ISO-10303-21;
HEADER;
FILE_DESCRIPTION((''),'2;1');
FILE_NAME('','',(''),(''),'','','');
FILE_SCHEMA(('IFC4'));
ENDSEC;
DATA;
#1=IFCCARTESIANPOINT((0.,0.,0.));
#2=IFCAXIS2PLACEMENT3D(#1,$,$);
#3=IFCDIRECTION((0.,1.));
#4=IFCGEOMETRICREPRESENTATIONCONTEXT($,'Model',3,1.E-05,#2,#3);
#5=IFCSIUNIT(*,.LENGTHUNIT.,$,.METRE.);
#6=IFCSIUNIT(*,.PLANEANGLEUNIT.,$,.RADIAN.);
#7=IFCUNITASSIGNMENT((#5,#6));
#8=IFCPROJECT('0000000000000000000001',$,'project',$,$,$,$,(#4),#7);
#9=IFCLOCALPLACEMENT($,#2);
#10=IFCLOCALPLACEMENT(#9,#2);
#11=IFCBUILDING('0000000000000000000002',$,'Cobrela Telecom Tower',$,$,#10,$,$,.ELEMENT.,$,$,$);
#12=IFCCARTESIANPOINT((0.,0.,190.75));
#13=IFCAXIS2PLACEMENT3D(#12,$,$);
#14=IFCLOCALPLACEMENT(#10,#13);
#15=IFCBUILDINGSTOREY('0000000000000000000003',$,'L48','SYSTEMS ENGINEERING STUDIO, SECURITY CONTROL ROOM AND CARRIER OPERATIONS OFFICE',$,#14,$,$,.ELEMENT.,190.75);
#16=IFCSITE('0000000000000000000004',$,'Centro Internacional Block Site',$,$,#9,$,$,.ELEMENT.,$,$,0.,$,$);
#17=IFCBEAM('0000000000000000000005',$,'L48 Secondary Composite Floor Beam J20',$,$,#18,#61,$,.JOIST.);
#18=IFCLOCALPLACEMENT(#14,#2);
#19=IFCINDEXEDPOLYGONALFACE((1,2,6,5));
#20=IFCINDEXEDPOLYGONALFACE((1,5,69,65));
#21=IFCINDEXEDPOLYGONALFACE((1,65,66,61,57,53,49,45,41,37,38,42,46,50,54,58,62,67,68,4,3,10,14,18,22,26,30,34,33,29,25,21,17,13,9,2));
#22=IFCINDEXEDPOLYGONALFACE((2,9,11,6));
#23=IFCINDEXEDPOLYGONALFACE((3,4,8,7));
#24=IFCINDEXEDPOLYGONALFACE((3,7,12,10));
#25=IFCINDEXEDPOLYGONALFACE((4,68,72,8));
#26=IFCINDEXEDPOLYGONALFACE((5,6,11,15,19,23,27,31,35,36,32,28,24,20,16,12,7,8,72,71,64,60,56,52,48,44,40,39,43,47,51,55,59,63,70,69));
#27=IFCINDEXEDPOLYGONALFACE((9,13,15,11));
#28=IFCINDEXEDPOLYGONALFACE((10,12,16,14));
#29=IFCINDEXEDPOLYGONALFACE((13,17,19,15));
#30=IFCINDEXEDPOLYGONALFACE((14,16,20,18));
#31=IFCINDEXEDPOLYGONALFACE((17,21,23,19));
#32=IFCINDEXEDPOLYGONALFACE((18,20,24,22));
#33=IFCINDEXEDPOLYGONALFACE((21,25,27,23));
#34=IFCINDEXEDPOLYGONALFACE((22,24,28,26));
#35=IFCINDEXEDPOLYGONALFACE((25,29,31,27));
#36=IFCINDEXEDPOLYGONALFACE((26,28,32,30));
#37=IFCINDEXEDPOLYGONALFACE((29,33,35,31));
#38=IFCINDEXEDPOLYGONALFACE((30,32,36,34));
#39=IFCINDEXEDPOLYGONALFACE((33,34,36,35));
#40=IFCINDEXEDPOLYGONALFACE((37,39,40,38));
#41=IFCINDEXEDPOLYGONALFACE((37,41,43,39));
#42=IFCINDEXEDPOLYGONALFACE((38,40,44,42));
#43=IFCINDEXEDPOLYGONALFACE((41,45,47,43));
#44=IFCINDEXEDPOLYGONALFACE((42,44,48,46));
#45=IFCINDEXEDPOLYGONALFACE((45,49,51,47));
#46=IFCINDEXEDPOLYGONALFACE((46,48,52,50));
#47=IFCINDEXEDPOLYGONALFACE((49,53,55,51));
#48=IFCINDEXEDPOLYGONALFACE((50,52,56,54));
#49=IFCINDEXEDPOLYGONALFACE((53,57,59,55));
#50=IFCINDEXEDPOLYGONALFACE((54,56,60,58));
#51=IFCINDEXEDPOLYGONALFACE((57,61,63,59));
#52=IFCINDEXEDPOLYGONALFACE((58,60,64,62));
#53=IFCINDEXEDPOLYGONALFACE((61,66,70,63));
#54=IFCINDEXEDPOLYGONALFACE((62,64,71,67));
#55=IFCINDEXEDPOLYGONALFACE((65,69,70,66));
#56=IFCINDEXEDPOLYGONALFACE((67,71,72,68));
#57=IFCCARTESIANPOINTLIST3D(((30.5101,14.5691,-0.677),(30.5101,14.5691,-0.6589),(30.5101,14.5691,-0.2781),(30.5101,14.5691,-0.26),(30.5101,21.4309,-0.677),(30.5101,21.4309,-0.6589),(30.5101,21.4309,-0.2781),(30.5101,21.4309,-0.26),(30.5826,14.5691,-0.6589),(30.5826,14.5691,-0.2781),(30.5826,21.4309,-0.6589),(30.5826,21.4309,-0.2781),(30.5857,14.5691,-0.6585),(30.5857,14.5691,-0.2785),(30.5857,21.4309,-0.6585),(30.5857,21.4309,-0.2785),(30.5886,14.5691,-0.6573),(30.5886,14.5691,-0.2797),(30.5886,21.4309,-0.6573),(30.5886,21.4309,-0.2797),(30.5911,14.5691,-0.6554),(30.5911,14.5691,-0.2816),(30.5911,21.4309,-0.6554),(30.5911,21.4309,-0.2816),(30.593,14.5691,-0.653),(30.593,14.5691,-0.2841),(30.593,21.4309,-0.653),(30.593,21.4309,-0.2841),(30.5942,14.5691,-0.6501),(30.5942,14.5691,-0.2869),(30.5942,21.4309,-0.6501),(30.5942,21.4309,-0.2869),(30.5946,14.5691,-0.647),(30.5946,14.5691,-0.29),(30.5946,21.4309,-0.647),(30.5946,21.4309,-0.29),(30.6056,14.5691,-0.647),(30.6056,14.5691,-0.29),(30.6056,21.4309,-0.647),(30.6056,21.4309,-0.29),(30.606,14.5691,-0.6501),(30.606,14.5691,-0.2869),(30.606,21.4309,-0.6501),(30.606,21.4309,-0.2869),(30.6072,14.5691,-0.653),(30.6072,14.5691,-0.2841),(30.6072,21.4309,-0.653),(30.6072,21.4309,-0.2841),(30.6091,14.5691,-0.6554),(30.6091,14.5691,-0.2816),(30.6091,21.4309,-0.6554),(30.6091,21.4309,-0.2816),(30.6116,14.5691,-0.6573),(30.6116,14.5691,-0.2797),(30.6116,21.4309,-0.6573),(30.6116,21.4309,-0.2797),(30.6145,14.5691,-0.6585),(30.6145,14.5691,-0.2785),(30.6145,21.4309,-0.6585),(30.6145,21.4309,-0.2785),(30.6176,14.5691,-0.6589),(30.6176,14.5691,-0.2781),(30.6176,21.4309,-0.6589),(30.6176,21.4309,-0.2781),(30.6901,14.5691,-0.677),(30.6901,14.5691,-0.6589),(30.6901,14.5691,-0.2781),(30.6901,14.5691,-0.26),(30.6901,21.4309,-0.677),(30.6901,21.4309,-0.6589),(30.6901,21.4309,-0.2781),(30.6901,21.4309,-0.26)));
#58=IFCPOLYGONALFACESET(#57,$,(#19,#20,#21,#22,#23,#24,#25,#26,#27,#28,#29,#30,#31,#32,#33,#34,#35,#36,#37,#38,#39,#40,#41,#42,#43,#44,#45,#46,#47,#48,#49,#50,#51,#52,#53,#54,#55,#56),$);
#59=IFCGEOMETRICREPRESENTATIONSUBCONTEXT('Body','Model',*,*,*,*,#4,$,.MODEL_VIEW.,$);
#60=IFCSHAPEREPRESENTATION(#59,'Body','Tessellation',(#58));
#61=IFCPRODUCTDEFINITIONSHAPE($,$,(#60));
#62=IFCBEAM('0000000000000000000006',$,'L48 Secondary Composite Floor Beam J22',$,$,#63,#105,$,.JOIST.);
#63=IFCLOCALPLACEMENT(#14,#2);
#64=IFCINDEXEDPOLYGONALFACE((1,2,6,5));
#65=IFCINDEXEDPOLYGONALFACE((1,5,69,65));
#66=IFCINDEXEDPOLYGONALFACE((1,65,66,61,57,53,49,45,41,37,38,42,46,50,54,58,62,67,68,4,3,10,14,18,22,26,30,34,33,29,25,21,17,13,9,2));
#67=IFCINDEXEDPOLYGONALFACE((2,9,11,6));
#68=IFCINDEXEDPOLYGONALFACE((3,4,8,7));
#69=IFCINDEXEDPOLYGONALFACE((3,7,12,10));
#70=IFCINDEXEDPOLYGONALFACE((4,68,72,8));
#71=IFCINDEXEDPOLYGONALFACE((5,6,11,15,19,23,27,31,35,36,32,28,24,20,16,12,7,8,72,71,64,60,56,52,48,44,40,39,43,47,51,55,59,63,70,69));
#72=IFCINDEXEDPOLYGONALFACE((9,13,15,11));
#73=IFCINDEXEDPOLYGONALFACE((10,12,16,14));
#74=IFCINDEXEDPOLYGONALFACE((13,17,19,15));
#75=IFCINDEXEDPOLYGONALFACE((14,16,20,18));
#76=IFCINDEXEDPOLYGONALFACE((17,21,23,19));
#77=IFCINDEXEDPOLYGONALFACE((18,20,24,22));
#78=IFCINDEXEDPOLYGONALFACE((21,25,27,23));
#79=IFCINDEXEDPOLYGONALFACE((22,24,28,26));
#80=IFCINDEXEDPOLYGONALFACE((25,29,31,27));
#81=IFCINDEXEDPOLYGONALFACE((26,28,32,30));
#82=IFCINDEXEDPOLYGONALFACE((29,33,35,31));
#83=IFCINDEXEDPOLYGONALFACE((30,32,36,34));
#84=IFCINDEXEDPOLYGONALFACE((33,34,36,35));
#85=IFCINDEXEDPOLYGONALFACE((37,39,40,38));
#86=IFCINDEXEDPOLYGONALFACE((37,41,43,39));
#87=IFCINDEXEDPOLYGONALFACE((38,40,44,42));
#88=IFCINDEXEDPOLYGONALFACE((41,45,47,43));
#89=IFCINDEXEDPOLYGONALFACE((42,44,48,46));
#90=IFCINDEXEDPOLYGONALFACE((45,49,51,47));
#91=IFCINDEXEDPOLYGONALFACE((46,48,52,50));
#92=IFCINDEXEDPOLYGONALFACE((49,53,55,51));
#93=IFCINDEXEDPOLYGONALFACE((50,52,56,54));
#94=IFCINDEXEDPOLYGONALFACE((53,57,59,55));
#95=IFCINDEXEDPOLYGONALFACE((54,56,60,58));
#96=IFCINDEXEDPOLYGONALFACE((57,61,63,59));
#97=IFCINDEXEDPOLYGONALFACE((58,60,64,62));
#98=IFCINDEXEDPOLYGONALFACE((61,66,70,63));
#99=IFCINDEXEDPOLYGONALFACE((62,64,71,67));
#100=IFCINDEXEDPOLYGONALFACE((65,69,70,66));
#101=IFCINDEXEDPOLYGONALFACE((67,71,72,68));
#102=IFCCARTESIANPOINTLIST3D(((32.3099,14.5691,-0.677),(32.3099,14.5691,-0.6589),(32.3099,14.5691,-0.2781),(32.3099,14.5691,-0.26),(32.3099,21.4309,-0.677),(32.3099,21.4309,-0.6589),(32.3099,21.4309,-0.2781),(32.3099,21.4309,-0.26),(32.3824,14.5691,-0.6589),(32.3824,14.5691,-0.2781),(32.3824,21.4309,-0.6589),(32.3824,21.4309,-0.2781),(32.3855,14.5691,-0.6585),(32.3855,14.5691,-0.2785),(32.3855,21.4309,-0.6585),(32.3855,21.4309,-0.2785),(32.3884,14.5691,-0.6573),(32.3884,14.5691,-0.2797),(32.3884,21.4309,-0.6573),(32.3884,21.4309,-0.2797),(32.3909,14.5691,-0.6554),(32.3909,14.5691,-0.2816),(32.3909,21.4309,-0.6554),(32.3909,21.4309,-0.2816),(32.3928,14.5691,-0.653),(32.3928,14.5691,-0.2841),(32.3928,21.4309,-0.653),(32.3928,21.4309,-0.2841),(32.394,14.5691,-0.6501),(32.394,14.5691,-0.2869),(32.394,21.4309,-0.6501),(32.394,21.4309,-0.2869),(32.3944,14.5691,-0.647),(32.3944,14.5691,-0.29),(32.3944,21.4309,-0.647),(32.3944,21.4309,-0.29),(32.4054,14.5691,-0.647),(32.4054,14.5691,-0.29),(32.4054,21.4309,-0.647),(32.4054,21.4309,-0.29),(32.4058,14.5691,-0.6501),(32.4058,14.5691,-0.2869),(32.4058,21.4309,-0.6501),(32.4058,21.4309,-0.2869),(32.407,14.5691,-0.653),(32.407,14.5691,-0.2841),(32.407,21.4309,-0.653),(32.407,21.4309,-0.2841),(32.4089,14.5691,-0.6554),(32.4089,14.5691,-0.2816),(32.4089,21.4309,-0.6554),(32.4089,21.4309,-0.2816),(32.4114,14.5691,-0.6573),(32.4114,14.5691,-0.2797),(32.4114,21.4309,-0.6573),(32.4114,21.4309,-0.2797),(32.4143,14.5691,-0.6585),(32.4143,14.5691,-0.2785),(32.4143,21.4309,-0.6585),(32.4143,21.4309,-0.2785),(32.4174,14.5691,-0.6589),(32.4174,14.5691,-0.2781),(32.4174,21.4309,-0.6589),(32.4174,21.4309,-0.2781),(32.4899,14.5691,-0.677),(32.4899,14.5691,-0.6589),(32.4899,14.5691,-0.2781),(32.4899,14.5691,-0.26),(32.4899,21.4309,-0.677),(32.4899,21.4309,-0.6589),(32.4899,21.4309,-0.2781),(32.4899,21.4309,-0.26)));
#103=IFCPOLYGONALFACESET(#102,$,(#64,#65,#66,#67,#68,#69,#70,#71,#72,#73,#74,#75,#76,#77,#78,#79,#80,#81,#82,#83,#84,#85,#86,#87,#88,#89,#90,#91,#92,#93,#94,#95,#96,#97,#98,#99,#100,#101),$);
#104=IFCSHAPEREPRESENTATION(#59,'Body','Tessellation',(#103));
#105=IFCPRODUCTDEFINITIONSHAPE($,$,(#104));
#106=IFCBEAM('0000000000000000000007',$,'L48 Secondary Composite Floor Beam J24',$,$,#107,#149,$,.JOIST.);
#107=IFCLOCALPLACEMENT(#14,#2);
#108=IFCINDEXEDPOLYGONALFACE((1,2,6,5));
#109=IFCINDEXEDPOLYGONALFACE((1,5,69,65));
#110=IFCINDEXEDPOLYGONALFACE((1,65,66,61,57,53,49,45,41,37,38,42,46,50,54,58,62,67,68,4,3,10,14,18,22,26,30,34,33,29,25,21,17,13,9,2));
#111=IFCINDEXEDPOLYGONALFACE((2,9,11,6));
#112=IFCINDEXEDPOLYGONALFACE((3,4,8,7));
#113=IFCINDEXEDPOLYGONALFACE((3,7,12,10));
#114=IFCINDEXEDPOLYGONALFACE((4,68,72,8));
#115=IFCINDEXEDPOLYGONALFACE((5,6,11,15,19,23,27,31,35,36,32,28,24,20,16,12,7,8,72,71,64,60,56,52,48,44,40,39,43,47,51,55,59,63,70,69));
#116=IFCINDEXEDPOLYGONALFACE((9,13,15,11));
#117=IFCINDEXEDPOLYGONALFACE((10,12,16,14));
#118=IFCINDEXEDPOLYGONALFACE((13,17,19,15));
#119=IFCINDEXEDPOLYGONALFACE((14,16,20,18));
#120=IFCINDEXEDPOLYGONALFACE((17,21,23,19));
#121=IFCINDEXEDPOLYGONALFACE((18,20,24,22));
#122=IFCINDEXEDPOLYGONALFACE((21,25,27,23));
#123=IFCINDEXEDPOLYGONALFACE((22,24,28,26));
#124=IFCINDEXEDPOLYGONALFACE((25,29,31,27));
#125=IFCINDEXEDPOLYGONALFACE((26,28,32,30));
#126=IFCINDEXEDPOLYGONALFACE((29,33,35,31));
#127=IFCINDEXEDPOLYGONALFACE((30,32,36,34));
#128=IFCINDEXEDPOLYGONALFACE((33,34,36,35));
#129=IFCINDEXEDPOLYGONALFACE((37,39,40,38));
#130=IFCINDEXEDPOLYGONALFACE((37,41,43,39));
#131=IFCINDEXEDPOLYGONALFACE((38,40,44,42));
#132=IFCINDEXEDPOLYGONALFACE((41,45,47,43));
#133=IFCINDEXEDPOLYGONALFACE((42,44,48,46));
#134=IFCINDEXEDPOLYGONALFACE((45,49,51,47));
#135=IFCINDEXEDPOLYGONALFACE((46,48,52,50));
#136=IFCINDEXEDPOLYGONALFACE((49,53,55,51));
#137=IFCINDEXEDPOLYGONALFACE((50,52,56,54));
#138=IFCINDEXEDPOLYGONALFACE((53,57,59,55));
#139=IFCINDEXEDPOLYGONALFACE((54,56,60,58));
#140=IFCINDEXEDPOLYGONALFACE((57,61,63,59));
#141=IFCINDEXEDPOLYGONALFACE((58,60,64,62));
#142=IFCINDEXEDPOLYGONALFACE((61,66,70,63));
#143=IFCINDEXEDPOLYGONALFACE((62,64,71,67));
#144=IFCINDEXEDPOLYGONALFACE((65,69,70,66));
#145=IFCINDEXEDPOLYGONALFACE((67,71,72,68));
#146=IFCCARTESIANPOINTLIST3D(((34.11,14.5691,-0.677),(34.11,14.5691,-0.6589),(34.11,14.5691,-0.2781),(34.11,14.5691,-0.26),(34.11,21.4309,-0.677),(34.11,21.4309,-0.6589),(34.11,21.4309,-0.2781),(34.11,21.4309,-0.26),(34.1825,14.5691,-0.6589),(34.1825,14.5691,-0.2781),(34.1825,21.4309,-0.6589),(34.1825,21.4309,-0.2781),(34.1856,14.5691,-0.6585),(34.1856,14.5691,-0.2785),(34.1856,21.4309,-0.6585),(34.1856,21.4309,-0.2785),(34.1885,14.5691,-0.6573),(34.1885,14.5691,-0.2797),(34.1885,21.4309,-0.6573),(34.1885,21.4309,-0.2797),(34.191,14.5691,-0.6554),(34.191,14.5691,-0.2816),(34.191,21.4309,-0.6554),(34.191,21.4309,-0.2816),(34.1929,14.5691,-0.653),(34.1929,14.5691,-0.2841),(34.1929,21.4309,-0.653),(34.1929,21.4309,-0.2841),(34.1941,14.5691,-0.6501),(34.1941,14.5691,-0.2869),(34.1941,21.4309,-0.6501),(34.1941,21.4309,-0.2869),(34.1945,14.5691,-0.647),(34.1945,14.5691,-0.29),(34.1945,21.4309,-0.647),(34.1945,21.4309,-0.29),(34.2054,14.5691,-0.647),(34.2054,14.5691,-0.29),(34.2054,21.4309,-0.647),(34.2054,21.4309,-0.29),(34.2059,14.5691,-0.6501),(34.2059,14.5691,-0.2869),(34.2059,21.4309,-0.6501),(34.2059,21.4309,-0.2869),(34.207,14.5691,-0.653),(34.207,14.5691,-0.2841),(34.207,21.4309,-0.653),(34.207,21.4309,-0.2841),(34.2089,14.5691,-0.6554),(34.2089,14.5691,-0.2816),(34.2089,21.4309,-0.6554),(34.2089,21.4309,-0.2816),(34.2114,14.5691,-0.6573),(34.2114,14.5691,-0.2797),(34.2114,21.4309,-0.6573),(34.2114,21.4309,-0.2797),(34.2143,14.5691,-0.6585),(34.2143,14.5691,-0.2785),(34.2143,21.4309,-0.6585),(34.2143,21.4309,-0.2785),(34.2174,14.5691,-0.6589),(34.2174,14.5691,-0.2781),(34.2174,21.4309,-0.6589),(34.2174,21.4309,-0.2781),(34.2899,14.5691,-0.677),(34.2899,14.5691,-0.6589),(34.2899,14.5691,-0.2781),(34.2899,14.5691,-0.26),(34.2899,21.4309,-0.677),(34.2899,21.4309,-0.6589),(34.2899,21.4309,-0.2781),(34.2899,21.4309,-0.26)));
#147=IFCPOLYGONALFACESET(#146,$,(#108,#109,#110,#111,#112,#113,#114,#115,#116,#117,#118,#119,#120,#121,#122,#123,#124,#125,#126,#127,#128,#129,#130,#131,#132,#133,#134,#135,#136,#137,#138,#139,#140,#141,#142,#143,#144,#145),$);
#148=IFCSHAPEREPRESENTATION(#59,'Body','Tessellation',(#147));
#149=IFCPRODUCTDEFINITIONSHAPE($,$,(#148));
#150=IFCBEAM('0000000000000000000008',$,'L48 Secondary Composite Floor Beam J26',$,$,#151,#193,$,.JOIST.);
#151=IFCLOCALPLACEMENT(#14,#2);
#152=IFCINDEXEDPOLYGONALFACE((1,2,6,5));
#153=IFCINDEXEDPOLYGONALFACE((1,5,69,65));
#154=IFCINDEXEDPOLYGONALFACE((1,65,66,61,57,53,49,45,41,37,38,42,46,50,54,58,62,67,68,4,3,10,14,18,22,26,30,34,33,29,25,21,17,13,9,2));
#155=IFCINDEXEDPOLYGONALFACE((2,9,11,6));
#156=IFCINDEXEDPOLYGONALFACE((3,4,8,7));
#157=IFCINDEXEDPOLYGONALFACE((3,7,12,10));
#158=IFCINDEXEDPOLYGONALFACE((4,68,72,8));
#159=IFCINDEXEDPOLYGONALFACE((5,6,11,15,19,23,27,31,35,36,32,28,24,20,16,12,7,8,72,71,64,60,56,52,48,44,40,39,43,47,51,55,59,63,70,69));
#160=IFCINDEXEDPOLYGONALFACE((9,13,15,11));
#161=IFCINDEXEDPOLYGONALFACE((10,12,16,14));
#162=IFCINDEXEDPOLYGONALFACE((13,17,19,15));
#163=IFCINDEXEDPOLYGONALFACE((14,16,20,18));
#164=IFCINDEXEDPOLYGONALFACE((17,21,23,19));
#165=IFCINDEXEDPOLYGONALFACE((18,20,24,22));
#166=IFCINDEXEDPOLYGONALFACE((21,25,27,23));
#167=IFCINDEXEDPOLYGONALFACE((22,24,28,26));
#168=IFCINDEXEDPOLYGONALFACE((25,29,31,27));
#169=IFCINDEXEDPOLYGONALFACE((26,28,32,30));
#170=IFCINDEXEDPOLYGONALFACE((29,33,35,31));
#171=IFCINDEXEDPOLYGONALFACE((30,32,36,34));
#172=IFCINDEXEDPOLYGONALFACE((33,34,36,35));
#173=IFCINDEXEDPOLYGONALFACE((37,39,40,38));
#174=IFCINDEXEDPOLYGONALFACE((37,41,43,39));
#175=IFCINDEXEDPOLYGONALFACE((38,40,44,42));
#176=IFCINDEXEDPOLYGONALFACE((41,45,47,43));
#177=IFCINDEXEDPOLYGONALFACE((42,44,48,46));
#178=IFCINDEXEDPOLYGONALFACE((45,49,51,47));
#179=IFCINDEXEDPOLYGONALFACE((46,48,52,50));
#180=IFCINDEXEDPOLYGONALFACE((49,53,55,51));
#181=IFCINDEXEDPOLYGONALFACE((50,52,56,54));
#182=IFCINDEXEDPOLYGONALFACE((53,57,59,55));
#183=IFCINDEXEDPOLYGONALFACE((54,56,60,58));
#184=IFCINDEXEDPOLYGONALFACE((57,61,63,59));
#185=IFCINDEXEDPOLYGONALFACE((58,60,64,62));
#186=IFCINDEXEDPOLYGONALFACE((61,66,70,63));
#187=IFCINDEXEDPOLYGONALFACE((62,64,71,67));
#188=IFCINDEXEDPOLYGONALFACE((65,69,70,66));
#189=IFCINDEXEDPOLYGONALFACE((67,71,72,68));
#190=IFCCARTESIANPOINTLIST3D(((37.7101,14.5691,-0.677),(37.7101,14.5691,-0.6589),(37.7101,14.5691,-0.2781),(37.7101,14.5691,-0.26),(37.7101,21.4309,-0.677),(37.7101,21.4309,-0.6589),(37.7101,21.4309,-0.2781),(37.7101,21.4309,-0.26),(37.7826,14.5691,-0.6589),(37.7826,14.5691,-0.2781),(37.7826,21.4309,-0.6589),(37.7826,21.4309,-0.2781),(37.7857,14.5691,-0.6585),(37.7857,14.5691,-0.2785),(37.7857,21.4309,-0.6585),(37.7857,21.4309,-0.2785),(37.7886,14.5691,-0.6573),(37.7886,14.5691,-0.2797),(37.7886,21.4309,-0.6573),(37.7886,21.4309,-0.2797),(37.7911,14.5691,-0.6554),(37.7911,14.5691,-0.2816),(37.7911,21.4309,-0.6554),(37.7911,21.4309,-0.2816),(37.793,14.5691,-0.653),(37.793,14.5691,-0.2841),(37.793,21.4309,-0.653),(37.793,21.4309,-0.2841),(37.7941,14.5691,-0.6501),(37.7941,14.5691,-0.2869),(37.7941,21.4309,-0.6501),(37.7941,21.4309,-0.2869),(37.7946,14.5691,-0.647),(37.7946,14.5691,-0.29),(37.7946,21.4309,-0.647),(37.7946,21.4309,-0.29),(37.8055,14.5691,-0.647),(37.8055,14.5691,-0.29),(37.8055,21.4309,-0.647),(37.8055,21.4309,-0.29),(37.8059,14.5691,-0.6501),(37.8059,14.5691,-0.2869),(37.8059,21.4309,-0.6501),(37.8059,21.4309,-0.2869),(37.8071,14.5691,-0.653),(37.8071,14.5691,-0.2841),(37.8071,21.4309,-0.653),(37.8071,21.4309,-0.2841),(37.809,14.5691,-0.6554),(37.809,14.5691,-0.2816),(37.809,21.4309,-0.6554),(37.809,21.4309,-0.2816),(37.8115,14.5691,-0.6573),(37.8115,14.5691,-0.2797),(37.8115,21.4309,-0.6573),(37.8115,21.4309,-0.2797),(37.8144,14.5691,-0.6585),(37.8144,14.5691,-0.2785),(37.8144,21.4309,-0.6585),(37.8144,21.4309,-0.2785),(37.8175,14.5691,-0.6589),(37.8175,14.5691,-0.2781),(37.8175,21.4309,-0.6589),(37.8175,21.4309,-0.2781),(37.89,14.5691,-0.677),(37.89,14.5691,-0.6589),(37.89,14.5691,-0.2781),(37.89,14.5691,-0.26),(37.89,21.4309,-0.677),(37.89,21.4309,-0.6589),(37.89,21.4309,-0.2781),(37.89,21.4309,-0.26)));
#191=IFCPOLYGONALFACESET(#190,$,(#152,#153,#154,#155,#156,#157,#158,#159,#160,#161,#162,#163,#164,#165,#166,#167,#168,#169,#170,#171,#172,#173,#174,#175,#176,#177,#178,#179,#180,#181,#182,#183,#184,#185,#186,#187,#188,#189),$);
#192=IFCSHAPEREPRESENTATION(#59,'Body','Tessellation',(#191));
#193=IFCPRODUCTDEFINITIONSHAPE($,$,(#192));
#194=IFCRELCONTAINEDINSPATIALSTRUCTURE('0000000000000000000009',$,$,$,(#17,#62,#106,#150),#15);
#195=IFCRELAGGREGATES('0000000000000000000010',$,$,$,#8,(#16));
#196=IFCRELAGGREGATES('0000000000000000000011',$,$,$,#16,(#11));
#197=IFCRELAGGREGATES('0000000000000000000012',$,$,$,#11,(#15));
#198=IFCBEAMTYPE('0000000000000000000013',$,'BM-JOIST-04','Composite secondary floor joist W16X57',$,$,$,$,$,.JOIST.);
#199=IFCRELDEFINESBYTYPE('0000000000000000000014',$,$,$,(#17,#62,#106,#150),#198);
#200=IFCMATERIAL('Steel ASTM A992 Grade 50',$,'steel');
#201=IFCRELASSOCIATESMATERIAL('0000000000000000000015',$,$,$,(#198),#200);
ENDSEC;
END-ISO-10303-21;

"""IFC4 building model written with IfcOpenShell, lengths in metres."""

from ifc_helpers import new_model, si_unit, direction, frame, origin, origin_2d, place, context, subcontext, project, spatial, i_section, extrude, material, material_profile, profile_set, type_object, element, save


model = new_model("IFC4")

# Units and contexts
model_context = context("Model", 3, precision=1e-05, world=origin(), true_north=direction((0.0, 1.0)))
body_context = subcontext(model_context, "Body", "Model", "MODEL_VIEW")
ifc_project = project(units=[si_unit("LENGTHUNIT", "METRE"), si_unit("PLANEANGLEUNIT", "RADIAN")], contexts=[model_context])

# Site, building, storey
site_placement = place(None, origin())
site = spatial("IfcSite", under=ifc_project, at=site_placement, Name="Centro Internacional Block Site", CompositionType="ELEMENT", RefElevation=0.0)
building_placement = place(site_placement, origin())
building = spatial("IfcBuilding", under=site, at=building_placement, Name="Cobrela Telecom Tower", CompositionType="ELEMENT")
storey_placement = place(building_placement, frame((0.0, 0.0, 190.75)))
storey = spatial("IfcBuildingStorey", under=building, at=storey_placement, Name="L48", Description="SYSTEMS ENGINEERING STUDIO, SECURITY CONTROL ROOM AND CARRIER OPERATIONS OFFICE", CompositionType="ELEMENT", Elevation=190.75)

# Shared definitions
ifc_material_1 = material(Name="Steel ASTM A992 Grade 50", Category="steel")

# Beams
ifc_material_profile_1 = material_profile(ifc_material_1, i_section(OverallWidth=0.1799, OverallDepth=0.417, WebThickness=0.011, FlangeThickness=0.0181, FilletRadius=0.012, at=origin_2d()), Name="W16X57")
ifc_profile_set_1 = profile_set([ifc_material_profile_1], Name="Steel ASTM A992 Grade 50")
beam_type_1 = type_object("IfcBeamType", Name="BM-JOIST-04", Description="Composite secondary floor joist W16X57", PredefinedType="JOIST", material=ifc_profile_set_1)
for number, where, z_axis, x_axis, name in (
    (1, (30.6001, 14.5691, -0.4685), (0.0, 1.0, 0.0), (-1.0, 0.0, 0.0), "L48 Secondary Composite Floor Beam J20"),
    (2, (32.3999, 14.5691, -0.4685), (0.0, 1.0, 0.0), (-1.0, 0.0, 0.0), "L48 Secondary Composite Floor Beam J22"),
    (3, (34.2, 14.5691, -0.4685), (0.0, 1.0, 0.0), (-1.0, 0.0, 0.0), "L48 Secondary Composite Floor Beam J24"),
    (4, (37.8, 14.5691, -0.4685), (0.0, 1.0, 0.0), (-1.0, 0.0, 0.0), "L48 Secondary Composite Floor Beam J26"),
):
    element("IfcBeam", number, at=place(storey_placement, frame(where, z_axis=z_axis, x_axis=x_axis)), inside=storey, type_object=beam_type_1, Name=name, PredefinedType="JOIST", context=body_context, shape_type="SweptSolid", body=[
        extrude(i_section(OverallWidth=0.1799, OverallDepth=0.417, WebThickness=0.011, FlangeThickness=0.0181, FilletRadius=0.012, at=origin_2d()), origin(), (0.0, 0.0, 1.0), 6.8618),
    ])

save(model, "model.ifc")
